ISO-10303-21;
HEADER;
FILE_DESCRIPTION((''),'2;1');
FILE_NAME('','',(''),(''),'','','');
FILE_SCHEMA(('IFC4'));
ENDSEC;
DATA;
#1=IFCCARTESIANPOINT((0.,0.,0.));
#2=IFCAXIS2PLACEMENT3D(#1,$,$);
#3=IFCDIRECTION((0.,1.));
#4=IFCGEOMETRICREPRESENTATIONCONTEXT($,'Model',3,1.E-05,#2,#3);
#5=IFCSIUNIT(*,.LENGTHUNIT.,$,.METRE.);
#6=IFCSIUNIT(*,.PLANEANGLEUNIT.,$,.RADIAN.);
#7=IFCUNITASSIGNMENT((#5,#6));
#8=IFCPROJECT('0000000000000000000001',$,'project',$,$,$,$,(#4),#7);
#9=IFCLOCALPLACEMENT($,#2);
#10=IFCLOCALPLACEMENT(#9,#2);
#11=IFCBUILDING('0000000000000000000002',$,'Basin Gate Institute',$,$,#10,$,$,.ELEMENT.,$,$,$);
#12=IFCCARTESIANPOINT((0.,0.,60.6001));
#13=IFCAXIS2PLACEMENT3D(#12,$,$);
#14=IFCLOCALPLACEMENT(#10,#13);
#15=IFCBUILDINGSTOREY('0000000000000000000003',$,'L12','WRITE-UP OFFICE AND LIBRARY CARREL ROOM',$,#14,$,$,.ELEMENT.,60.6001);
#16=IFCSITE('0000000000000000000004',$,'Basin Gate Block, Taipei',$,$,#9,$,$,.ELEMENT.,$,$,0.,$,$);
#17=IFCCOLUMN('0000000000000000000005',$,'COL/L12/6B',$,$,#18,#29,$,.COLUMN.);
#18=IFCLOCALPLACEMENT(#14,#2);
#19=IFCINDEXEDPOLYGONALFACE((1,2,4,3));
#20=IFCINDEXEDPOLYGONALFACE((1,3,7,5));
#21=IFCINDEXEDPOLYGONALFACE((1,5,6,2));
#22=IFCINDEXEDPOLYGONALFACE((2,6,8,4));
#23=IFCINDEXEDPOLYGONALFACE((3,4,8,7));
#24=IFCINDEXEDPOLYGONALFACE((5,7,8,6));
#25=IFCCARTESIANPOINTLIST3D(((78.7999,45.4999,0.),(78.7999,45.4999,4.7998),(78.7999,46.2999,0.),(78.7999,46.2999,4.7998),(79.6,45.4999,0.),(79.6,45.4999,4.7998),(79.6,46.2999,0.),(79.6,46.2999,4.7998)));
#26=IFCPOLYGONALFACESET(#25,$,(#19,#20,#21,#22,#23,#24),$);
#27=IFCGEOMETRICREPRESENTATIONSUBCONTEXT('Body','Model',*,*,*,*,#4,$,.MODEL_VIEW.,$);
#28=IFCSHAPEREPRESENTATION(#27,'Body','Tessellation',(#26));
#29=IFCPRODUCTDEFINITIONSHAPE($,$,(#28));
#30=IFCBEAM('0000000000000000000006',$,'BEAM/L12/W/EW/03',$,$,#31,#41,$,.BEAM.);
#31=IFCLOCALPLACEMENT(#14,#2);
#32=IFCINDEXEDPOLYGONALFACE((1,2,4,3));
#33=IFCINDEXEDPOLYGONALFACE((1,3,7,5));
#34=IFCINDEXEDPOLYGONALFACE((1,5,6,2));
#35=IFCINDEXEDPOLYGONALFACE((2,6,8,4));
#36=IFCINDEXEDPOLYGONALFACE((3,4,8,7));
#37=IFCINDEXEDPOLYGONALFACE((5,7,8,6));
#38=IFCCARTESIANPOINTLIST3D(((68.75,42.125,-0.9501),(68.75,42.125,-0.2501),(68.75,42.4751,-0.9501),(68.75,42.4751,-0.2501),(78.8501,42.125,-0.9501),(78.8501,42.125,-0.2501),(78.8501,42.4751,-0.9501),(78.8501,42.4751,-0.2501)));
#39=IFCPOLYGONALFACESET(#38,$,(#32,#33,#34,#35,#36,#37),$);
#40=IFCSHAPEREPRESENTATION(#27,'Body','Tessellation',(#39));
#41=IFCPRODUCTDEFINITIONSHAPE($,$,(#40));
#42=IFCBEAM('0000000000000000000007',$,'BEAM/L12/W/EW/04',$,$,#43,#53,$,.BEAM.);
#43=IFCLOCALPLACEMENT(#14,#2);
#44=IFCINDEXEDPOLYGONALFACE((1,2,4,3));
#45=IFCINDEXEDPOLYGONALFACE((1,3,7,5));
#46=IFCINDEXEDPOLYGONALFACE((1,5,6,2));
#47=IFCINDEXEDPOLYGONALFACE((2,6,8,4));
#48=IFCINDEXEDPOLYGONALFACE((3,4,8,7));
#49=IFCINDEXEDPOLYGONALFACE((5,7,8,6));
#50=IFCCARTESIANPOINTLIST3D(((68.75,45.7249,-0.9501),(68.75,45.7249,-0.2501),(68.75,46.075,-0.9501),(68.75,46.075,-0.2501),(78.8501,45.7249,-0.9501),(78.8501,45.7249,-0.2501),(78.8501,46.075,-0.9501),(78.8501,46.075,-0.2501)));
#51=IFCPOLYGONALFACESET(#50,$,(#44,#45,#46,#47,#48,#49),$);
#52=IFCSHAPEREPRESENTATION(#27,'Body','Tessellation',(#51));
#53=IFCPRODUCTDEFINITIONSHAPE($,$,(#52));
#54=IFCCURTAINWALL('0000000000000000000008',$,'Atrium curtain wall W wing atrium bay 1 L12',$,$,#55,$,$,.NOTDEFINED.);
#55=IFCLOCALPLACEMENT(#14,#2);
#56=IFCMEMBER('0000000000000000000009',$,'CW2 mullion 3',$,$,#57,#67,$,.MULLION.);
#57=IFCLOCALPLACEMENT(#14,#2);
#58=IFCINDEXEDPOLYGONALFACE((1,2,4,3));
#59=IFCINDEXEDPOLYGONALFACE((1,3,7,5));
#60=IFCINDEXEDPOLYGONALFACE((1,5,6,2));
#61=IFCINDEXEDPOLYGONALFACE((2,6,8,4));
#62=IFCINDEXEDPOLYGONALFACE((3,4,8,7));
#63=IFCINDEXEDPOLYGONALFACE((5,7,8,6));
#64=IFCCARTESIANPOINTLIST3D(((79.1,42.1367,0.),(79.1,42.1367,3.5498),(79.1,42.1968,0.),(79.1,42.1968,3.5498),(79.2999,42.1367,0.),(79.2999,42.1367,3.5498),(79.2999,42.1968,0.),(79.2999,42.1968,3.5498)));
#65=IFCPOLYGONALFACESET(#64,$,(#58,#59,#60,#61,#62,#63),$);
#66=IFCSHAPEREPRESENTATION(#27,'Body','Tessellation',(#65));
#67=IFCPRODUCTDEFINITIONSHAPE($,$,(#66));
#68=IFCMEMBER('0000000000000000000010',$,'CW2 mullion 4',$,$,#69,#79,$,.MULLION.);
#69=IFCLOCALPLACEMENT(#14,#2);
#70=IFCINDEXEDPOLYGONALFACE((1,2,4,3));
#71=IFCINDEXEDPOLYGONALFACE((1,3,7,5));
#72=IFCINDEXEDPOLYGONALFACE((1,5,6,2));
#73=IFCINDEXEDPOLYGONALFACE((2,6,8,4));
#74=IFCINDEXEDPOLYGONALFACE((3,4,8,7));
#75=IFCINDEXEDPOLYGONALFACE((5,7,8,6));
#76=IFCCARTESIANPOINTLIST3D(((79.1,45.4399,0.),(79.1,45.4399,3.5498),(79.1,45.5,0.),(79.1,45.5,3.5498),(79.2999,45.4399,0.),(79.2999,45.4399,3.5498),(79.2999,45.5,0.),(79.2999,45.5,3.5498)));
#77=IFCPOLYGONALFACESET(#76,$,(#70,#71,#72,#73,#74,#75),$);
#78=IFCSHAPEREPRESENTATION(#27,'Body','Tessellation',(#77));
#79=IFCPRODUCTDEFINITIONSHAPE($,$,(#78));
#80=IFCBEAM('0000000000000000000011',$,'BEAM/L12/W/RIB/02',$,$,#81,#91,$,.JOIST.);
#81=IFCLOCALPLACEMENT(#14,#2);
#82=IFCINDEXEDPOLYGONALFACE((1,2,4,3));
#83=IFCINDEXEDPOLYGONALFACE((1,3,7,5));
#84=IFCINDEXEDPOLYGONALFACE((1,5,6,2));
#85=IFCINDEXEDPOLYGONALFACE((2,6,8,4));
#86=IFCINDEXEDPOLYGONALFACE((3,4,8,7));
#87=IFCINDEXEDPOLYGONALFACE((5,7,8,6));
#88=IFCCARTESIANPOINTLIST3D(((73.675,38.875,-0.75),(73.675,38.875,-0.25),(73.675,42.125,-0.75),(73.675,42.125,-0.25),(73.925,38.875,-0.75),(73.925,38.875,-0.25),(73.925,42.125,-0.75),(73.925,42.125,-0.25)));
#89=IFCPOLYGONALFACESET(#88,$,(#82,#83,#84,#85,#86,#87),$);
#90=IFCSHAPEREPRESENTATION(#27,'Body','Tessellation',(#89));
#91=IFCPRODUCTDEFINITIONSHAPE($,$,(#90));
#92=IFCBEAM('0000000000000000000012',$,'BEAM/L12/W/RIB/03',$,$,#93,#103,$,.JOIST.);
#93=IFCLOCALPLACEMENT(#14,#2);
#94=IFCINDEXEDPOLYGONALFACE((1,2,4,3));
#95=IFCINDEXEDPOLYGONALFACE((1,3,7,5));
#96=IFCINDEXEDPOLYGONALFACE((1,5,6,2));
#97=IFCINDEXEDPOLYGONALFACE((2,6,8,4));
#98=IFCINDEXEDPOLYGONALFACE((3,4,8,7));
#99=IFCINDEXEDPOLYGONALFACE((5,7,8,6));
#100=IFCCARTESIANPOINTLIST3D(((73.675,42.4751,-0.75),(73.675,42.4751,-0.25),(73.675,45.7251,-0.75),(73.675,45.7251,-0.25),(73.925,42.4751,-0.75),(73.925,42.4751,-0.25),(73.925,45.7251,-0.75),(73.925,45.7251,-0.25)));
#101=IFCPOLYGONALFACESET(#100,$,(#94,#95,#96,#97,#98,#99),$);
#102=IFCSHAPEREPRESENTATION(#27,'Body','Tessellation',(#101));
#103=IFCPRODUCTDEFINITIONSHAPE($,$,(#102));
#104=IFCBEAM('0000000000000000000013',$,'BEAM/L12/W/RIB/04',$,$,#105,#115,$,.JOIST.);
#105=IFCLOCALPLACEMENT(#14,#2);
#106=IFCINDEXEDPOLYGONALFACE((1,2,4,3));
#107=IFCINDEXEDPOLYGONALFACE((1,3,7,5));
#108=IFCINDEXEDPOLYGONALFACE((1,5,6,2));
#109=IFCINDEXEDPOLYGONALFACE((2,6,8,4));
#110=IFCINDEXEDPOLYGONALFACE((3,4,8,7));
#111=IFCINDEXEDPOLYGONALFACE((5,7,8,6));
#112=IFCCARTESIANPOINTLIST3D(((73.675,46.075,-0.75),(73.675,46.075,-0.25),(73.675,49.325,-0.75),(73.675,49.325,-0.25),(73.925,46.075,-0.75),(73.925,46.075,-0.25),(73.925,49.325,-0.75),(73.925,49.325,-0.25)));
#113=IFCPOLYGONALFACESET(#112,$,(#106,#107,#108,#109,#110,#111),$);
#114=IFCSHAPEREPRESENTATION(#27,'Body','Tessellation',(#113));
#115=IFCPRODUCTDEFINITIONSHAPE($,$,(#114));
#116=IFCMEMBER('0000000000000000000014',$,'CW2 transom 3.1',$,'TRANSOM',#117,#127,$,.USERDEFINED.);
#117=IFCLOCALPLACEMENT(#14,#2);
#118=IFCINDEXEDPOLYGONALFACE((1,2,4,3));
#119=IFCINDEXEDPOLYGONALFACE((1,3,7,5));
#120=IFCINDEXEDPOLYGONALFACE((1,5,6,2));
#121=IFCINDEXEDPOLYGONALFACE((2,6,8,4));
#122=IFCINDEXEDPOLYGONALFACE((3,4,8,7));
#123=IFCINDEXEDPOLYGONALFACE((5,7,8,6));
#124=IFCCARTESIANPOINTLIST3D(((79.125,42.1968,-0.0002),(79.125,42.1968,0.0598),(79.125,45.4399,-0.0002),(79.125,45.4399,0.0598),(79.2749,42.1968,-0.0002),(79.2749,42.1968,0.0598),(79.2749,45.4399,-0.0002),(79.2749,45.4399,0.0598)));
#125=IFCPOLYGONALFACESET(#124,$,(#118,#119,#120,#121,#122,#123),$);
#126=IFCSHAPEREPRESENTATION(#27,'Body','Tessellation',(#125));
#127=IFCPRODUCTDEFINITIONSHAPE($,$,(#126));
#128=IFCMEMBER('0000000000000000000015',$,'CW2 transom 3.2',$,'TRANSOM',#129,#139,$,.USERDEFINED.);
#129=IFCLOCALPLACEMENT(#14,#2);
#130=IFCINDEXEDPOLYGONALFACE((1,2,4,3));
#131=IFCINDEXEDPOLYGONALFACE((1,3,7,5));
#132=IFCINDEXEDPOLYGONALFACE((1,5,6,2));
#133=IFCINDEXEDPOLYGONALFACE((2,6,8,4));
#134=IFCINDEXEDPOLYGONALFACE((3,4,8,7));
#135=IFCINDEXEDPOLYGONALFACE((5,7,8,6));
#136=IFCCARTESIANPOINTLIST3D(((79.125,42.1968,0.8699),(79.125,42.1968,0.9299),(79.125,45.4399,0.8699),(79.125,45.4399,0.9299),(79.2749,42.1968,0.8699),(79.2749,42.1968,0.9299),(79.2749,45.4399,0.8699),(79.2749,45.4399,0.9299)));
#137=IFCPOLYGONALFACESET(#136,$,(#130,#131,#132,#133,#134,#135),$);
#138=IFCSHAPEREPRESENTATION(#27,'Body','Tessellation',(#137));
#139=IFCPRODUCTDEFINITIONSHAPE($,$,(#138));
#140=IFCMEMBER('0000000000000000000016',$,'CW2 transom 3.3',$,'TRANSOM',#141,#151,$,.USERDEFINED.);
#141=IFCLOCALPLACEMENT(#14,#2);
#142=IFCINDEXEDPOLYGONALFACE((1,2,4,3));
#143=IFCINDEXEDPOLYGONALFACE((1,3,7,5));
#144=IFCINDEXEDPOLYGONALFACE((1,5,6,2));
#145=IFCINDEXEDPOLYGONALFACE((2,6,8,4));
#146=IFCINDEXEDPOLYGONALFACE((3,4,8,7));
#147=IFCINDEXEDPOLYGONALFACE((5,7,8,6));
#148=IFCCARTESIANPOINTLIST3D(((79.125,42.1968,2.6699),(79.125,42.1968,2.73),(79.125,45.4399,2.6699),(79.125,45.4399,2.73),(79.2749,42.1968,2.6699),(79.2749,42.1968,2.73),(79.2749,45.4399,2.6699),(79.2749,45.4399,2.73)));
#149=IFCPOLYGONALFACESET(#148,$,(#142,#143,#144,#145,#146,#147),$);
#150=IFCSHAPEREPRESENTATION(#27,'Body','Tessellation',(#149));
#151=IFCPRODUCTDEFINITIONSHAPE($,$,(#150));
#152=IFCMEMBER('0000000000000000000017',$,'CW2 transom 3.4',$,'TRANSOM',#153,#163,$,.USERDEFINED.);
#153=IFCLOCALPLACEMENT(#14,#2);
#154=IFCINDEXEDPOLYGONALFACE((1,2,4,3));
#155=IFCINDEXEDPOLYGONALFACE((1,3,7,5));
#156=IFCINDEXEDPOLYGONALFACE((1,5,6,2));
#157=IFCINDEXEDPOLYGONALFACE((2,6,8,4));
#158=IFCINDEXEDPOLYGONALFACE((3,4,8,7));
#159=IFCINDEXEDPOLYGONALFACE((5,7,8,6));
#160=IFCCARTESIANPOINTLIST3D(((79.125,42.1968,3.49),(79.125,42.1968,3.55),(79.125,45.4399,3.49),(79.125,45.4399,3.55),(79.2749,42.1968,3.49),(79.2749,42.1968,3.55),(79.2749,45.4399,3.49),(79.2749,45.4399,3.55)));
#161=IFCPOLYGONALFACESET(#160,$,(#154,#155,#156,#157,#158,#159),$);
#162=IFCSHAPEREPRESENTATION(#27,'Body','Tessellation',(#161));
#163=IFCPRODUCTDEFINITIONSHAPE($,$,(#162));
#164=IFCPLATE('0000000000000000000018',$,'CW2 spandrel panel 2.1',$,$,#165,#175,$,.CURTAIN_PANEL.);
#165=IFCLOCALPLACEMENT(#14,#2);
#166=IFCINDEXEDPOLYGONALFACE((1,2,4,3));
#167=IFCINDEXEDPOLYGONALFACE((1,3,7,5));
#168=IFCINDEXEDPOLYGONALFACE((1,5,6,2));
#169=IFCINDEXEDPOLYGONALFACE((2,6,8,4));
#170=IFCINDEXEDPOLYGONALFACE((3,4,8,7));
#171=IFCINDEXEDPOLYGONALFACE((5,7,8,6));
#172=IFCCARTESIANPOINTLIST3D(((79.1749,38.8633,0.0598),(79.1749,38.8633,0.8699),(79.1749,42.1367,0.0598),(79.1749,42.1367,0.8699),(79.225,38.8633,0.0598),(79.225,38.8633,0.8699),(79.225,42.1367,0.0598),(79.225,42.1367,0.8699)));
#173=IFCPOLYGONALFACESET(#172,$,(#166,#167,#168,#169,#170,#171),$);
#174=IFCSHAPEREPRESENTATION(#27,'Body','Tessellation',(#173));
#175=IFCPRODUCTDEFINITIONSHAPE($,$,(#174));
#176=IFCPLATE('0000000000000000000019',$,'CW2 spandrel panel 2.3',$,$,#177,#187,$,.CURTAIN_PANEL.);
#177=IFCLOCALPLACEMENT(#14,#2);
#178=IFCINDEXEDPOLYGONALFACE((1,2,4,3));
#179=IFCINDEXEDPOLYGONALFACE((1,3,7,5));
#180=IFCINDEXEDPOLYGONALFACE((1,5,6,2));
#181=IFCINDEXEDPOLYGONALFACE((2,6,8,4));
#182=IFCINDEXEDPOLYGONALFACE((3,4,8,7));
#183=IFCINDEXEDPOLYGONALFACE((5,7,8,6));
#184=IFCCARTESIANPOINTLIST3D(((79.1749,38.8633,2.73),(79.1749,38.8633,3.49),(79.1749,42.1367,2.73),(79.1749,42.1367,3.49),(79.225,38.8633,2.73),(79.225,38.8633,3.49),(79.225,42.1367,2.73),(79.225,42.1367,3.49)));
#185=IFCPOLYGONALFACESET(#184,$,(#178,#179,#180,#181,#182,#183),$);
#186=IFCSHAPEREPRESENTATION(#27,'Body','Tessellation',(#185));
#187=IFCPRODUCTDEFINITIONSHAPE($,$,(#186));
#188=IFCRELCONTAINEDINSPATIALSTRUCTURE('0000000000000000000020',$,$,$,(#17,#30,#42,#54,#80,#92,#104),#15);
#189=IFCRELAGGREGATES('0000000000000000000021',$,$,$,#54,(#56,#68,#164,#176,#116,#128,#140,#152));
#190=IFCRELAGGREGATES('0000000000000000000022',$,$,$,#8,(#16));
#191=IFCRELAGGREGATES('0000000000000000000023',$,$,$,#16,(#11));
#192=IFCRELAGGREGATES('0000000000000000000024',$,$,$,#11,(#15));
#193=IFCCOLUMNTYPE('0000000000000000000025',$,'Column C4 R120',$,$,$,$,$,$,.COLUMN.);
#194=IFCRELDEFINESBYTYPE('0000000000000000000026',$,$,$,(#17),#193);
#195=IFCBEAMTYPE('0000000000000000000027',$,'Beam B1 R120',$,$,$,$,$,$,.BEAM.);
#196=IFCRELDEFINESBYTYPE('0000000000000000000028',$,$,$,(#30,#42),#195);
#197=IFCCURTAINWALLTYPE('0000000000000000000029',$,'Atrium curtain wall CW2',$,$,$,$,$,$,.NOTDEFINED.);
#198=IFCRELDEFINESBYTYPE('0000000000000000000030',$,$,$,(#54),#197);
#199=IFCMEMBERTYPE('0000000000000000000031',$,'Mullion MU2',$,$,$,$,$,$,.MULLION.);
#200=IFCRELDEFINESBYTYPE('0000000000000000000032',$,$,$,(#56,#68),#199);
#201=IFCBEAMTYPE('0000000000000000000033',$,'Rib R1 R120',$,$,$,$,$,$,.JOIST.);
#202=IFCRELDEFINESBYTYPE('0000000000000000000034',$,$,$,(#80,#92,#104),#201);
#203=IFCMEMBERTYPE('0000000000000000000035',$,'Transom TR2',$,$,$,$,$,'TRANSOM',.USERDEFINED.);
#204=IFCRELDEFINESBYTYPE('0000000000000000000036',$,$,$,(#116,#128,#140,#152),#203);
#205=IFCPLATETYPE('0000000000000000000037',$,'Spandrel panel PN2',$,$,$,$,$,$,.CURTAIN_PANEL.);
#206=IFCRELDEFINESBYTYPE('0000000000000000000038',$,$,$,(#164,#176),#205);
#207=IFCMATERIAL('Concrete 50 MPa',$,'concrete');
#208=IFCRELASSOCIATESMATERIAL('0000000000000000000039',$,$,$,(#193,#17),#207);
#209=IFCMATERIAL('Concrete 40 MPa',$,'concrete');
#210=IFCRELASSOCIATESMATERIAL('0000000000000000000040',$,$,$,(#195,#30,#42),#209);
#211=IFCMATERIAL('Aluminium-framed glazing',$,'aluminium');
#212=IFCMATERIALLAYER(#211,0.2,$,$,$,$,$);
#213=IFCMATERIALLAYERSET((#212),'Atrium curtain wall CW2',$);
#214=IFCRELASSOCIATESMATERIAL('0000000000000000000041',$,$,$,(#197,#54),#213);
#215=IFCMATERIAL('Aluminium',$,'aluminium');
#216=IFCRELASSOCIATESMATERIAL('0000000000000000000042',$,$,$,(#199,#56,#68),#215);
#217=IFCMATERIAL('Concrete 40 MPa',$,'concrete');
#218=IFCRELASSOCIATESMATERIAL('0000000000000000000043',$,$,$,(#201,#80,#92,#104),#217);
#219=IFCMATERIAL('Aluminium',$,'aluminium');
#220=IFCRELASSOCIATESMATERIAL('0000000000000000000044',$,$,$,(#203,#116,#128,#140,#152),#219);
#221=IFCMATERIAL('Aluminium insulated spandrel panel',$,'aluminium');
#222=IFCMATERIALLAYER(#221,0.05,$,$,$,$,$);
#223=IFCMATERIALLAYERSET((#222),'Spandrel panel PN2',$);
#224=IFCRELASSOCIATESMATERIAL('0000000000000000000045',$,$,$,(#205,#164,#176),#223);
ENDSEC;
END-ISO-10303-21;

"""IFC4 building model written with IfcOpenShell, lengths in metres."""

from ifc_helpers import new_model, si_unit, direction, frame, origin, origin_2d, place, context, subcontext, project, spatial, rectangle, extrude, material, layer, layer_set, material_profile, profile_set, type_object, element, aggregate, save


model = new_model("IFC4")

# Units and contexts
model_context = context("Model", 3, precision=1e-05, world=origin(), true_north=direction((0.0, 1.0)))
body_context = subcontext(model_context, "Body", "Model", "MODEL_VIEW")
ifc_project = project(units=[si_unit("LENGTHUNIT", "METRE"), si_unit("PLANEANGLEUNIT", "RADIAN")], contexts=[model_context])

# Site, building, storey
site_placement = place(None, origin())
site = spatial("IfcSite", under=ifc_project, at=site_placement, Name="Basin Gate Block, Taipei", CompositionType="ELEMENT", RefElevation=0.0)
building_placement = place(site_placement, origin())
building = spatial("IfcBuilding", under=site, at=building_placement, Name="Basin Gate Institute", CompositionType="ELEMENT")
storey_placement = place(building_placement, frame((0.0, 0.0, 60.6001)))
storey = spatial("IfcBuildingStorey", under=building, at=storey_placement, Name="L12", Description="WRITE-UP OFFICE AND LIBRARY CARREL ROOM", CompositionType="ELEMENT", Elevation=60.6001)

# Column
ifc_material_1 = material(Name="Concrete 50 MPa", Category="concrete")
ifc_material_profile_1 = material_profile(ifc_material_1, rectangle(XDim=0.8, YDim=0.8, at=origin_2d()), Name="Column C4 800 x 800")
ifc_profile_set_1 = profile_set([ifc_material_profile_1], Name="Concrete 50 MPa")
column_type = type_object("IfcColumnType", Name="Column C4 R120", PredefinedType="COLUMN", material=ifc_profile_set_1)
column_placement = place(storey_placement, frame((79.2, 45.8999, 0.0), z_axis=(0.0, 0.0, 1.0), x_axis=(1.0, 0.0, 0.0)))
element("IfcColumn", 1, at=column_placement, inside=storey, type_object=column_type, material=ifc_profile_set_1, Name="COL/L12/6B", PredefinedType="COLUMN", context=body_context, shape_type="SweptSolid", body=[
    extrude(rectangle(XDim=0.8, YDim=0.8, at=origin_2d()), origin(), (0.0, 0.0, 1.0), 4.7998),
])

# Beams
ifc_material_2 = material(Name="Concrete 40 MPa", Category="concrete")
ifc_material_profile_2 = material_profile(ifc_material_2, rectangle(XDim=0.3501, YDim=0.7, at=origin_2d()), Name="Beam B1 350 x 700")
ifc_profile_set_2 = profile_set([ifc_material_profile_2], Name="Concrete 40 MPa")
beam_type_1 = type_object("IfcBeamType", Name="Beam B1 R120", PredefinedType="BEAM", material=ifc_profile_set_2)
for number, where, z_axis, x_axis, name in (
    (2, (68.75, 42.3, -0.6001), (1.0, 0.0, 0.0), (0.0, 1.0, 0.0), "BEAM/L12/W/EW/03"),
    (3, (68.75, 45.8999, -0.6001), (1.0, 0.0, 0.0), (0.0, 1.0, 0.0), "BEAM/L12/W/EW/04"),
):
    element("IfcBeam", number, at=place(storey_placement, frame(where, z_axis=z_axis, x_axis=x_axis)), inside=storey, type_object=beam_type_1, material=ifc_profile_set_2, Name=name, PredefinedType="BEAM", context=body_context, shape_type="SweptSolid", body=[
        extrude(rectangle(XDim=0.3501, YDim=0.7, at=origin_2d()), origin(), (0.0, 0.0, 1.0), 10.1001),
    ])

# Curtain wall, members
ifc_material_3 = material(Name="Aluminium-framed glazing", Category="aluminium")
ifc_layer_1 = layer(ifc_material_3, 0.2)
ifc_layer_set_1 = layer_set([ifc_layer_1], Name="Atrium curtain wall CW2")
curtain_wall_type = type_object("IfcCurtainWallType", Name="Atrium curtain wall CW2", PredefinedType="NOTDEFINED", material=ifc_layer_set_1)
curtain_wall_placement = place(storey_placement, origin())
curtain_wall = element("IfcCurtainWall", 4, at=curtain_wall_placement, inside=storey, type_object=curtain_wall_type, material=ifc_layer_set_1, Name="Atrium curtain wall W wing atrium bay 1 L12", PredefinedType="NOTDEFINED")
ifc_material_4 = material(Name="Aluminium", Category="aluminium")
ifc_material_profile_3 = material_profile(ifc_material_4, rectangle(XDim=0.2, YDim=0.0601, at=origin_2d()), Name="Mullion MU2 200 x 60")
ifc_profile_set_3 = profile_set([ifc_material_profile_3], Name="Aluminium")
member_type_1 = type_object("IfcMemberType", Name="Mullion MU2", PredefinedType="MULLION", material=ifc_profile_set_3)
member_1_placement = place(storey_placement, frame((79.2, 42.1667, 0.0), z_axis=(0.0, 0.0, 1.0), x_axis=(-1.0, 0.0, 0.0)))
member_1 = element("IfcMember", 5, at=member_1_placement, type_object=member_type_1, material=ifc_profile_set_3, Name="CW2 mullion 3", PredefinedType="MULLION", context=body_context, shape_type="SweptSolid", body=[
    extrude(rectangle(XDim=0.2, YDim=0.0601, at=origin_2d()), origin(), (0.0, 0.0, 1.0), 3.5498),
])
member_2_placement = place(storey_placement, frame((79.2, 45.47, 0.0), z_axis=(0.0, 0.0, 1.0), x_axis=(-1.0, 0.0, 0.0)))
member_2 = element("IfcMember", 6, at=member_2_placement, type_object=member_type_1, material=ifc_profile_set_3, Name="CW2 mullion 4", PredefinedType="MULLION", context=body_context, shape_type="SweptSolid", body=[
    extrude(rectangle(XDim=0.2, YDim=0.0601, at=origin_2d()), origin(), (0.0, 0.0, 1.0), 3.5498),
])

# Beams
ifc_material_5 = material(Name="Concrete 40 MPa", Category="concrete")
ifc_material_profile_4 = material_profile(ifc_material_5, rectangle(XDim=0.25, YDim=0.5, at=origin_2d()), Name="Rib R1 250 x 500")
ifc_profile_set_4 = profile_set([ifc_material_profile_4], Name="Concrete 40 MPa")
beam_type_2 = type_object("IfcBeamType", Name="Rib R1 R120", PredefinedType="JOIST", material=ifc_profile_set_4)
for number, where, z_axis, x_axis, name in (
    (7, (73.8, 38.875, -0.5), (0.0, 1.0, 0.0), (-1.0, 0.0, 0.0), "BEAM/L12/W/RIB/02"),
    (8, (73.8, 42.4751, -0.5), (0.0, 1.0, 0.0), (-1.0, 0.0, 0.0), "BEAM/L12/W/RIB/03"),
    (9, (73.8, 46.075, -0.5), (0.0, 1.0, 0.0), (-1.0, 0.0, 0.0), "BEAM/L12/W/RIB/04"),
):
    element("IfcBeam", number, at=place(storey_placement, frame(where, z_axis=z_axis, x_axis=x_axis)), inside=storey, type_object=beam_type_2, material=ifc_profile_set_4, Name=name, PredefinedType="JOIST", context=body_context, shape_type="SweptSolid", body=[
        extrude(rectangle(XDim=0.25, YDim=0.5, at=origin_2d()), origin(), (0.0, 0.0, 1.0), 3.25),
    ])

# Members
ifc_material_6 = material(Name="Aluminium", Category="aluminium")
ifc_material_profile_5 = material_profile(ifc_material_6, rectangle(XDim=0.1499, YDim=0.0601, at=origin_2d()), Name="Transom TR2 150 x 60")
ifc_profile_set_5 = profile_set([ifc_material_profile_5], Name="Aluminium")
member_type_2 = type_object("IfcMemberType", Name="Transom TR2", ElementType="TRANSOM", PredefinedType="USERDEFINED", material=ifc_profile_set_5)
member_3_placement = place(storey_placement, frame((79.2, 42.1968, 0.0298), z_axis=(0.0, 1.0, 0.0), x_axis=(-1.0, 0.0, 0.0)))
member_3 = element("IfcMember", 10, at=member_3_placement, type_object=member_type_2, material=ifc_profile_set_5, Name="CW2 transom 3.1", ObjectType="TRANSOM", PredefinedType="USERDEFINED", context=body_context, shape_type="SweptSolid", body=[
    extrude(rectangle(XDim=0.1499, YDim=0.0601, at=origin_2d()), origin(), (0.0, 0.0, 1.0), 3.2432),
])
member_4_placement = place(storey_placement, frame((79.2, 42.1968, 0.8999), z_axis=(0.0, 1.0, 0.0), x_axis=(-1.0, 0.0, 0.0)))
member_4 = element("IfcMember", 11, at=member_4_placement, type_object=member_type_2, material=ifc_profile_set_5, Name="CW2 transom 3.2", ObjectType="TRANSOM", PredefinedType="USERDEFINED", context=body_context, shape_type="SweptSolid", body=[
    extrude(rectangle(XDim=0.1499, YDim=0.0601, at=origin_2d()), origin(), (0.0, 0.0, 1.0), 3.2432),
])
member_5_placement = place(storey_placement, frame((79.2, 42.1968, 2.7), z_axis=(0.0, 1.0, 0.0), x_axis=(-1.0, 0.0, 0.0)))
member_5 = element("IfcMember", 12, at=member_5_placement, type_object=member_type_2, material=ifc_profile_set_5, Name="CW2 transom 3.3", ObjectType="TRANSOM", PredefinedType="USERDEFINED", context=body_context, shape_type="SweptSolid", body=[
    extrude(rectangle(XDim=0.1499, YDim=0.0601, at=origin_2d()), origin(), (0.0, 0.0, 1.0), 3.2432),
])
member_6_placement = place(storey_placement, frame((79.2, 42.1968, 3.52), z_axis=(0.0, 1.0, 0.0), x_axis=(-1.0, 0.0, 0.0)))
member_6 = element("IfcMember", 13, at=member_6_placement, type_object=member_type_2, material=ifc_profile_set_5, Name="CW2 transom 3.4", ObjectType="TRANSOM", PredefinedType="USERDEFINED", context=body_context, shape_type="SweptSolid", body=[
    extrude(rectangle(XDim=0.1499, YDim=0.0601, at=origin_2d()), origin(), (0.0, 0.0, 1.0), 3.2432),
])

# Plates
ifc_material_7 = material(Name="Aluminium insulated spandrel panel", Category="aluminium")
ifc_layer_2 = layer(ifc_material_7, 0.05)
ifc_layer_set_2 = layer_set([ifc_layer_2], Name="Spandrel panel PN2")
plate_type_1 = type_object("IfcPlateType", Name="Spandrel panel PN2", PredefinedType="CURTAIN_PANEL", material=ifc_layer_set_2)
plate_1_placement = place(storey_placement, frame((79.2, 40.5, 0.0598), z_axis=(0.0, 0.0, 1.0), x_axis=(0.0, 1.0, 0.0)))
plate_1 = element("IfcPlate", 14, at=plate_1_placement, type_object=plate_type_1, material=ifc_layer_set_2, Name="CW2 spandrel panel 2.1", PredefinedType="CURTAIN_PANEL", context=body_context, shape_type="SweptSolid", body=[
    extrude(rectangle(XDim=3.2734, YDim=0.05, at=origin_2d()), origin(), (0.0, 0.0, 1.0), 0.8101),
])
plate_2_placement = place(storey_placement, frame((79.2, 40.5, 2.73), z_axis=(0.0, 0.0, 1.0), x_axis=(0.0, 1.0, 0.0)))
plate_2 = element("IfcPlate", 15, at=plate_2_placement, type_object=plate_type_1, material=ifc_layer_set_2, Name="CW2 spandrel panel 2.3", PredefinedType="CURTAIN_PANEL", context=body_context, shape_type="SweptSolid", body=[
    extrude(rectangle(XDim=3.2734, YDim=0.05, at=origin_2d()), origin(), (0.0, 0.0, 1.0), 0.76),
])
aggregate(curtain_wall, [member_1, member_2, plate_1, plate_2, member_3, member_4, member_5, member_6])

save(model, "model.ifc")
